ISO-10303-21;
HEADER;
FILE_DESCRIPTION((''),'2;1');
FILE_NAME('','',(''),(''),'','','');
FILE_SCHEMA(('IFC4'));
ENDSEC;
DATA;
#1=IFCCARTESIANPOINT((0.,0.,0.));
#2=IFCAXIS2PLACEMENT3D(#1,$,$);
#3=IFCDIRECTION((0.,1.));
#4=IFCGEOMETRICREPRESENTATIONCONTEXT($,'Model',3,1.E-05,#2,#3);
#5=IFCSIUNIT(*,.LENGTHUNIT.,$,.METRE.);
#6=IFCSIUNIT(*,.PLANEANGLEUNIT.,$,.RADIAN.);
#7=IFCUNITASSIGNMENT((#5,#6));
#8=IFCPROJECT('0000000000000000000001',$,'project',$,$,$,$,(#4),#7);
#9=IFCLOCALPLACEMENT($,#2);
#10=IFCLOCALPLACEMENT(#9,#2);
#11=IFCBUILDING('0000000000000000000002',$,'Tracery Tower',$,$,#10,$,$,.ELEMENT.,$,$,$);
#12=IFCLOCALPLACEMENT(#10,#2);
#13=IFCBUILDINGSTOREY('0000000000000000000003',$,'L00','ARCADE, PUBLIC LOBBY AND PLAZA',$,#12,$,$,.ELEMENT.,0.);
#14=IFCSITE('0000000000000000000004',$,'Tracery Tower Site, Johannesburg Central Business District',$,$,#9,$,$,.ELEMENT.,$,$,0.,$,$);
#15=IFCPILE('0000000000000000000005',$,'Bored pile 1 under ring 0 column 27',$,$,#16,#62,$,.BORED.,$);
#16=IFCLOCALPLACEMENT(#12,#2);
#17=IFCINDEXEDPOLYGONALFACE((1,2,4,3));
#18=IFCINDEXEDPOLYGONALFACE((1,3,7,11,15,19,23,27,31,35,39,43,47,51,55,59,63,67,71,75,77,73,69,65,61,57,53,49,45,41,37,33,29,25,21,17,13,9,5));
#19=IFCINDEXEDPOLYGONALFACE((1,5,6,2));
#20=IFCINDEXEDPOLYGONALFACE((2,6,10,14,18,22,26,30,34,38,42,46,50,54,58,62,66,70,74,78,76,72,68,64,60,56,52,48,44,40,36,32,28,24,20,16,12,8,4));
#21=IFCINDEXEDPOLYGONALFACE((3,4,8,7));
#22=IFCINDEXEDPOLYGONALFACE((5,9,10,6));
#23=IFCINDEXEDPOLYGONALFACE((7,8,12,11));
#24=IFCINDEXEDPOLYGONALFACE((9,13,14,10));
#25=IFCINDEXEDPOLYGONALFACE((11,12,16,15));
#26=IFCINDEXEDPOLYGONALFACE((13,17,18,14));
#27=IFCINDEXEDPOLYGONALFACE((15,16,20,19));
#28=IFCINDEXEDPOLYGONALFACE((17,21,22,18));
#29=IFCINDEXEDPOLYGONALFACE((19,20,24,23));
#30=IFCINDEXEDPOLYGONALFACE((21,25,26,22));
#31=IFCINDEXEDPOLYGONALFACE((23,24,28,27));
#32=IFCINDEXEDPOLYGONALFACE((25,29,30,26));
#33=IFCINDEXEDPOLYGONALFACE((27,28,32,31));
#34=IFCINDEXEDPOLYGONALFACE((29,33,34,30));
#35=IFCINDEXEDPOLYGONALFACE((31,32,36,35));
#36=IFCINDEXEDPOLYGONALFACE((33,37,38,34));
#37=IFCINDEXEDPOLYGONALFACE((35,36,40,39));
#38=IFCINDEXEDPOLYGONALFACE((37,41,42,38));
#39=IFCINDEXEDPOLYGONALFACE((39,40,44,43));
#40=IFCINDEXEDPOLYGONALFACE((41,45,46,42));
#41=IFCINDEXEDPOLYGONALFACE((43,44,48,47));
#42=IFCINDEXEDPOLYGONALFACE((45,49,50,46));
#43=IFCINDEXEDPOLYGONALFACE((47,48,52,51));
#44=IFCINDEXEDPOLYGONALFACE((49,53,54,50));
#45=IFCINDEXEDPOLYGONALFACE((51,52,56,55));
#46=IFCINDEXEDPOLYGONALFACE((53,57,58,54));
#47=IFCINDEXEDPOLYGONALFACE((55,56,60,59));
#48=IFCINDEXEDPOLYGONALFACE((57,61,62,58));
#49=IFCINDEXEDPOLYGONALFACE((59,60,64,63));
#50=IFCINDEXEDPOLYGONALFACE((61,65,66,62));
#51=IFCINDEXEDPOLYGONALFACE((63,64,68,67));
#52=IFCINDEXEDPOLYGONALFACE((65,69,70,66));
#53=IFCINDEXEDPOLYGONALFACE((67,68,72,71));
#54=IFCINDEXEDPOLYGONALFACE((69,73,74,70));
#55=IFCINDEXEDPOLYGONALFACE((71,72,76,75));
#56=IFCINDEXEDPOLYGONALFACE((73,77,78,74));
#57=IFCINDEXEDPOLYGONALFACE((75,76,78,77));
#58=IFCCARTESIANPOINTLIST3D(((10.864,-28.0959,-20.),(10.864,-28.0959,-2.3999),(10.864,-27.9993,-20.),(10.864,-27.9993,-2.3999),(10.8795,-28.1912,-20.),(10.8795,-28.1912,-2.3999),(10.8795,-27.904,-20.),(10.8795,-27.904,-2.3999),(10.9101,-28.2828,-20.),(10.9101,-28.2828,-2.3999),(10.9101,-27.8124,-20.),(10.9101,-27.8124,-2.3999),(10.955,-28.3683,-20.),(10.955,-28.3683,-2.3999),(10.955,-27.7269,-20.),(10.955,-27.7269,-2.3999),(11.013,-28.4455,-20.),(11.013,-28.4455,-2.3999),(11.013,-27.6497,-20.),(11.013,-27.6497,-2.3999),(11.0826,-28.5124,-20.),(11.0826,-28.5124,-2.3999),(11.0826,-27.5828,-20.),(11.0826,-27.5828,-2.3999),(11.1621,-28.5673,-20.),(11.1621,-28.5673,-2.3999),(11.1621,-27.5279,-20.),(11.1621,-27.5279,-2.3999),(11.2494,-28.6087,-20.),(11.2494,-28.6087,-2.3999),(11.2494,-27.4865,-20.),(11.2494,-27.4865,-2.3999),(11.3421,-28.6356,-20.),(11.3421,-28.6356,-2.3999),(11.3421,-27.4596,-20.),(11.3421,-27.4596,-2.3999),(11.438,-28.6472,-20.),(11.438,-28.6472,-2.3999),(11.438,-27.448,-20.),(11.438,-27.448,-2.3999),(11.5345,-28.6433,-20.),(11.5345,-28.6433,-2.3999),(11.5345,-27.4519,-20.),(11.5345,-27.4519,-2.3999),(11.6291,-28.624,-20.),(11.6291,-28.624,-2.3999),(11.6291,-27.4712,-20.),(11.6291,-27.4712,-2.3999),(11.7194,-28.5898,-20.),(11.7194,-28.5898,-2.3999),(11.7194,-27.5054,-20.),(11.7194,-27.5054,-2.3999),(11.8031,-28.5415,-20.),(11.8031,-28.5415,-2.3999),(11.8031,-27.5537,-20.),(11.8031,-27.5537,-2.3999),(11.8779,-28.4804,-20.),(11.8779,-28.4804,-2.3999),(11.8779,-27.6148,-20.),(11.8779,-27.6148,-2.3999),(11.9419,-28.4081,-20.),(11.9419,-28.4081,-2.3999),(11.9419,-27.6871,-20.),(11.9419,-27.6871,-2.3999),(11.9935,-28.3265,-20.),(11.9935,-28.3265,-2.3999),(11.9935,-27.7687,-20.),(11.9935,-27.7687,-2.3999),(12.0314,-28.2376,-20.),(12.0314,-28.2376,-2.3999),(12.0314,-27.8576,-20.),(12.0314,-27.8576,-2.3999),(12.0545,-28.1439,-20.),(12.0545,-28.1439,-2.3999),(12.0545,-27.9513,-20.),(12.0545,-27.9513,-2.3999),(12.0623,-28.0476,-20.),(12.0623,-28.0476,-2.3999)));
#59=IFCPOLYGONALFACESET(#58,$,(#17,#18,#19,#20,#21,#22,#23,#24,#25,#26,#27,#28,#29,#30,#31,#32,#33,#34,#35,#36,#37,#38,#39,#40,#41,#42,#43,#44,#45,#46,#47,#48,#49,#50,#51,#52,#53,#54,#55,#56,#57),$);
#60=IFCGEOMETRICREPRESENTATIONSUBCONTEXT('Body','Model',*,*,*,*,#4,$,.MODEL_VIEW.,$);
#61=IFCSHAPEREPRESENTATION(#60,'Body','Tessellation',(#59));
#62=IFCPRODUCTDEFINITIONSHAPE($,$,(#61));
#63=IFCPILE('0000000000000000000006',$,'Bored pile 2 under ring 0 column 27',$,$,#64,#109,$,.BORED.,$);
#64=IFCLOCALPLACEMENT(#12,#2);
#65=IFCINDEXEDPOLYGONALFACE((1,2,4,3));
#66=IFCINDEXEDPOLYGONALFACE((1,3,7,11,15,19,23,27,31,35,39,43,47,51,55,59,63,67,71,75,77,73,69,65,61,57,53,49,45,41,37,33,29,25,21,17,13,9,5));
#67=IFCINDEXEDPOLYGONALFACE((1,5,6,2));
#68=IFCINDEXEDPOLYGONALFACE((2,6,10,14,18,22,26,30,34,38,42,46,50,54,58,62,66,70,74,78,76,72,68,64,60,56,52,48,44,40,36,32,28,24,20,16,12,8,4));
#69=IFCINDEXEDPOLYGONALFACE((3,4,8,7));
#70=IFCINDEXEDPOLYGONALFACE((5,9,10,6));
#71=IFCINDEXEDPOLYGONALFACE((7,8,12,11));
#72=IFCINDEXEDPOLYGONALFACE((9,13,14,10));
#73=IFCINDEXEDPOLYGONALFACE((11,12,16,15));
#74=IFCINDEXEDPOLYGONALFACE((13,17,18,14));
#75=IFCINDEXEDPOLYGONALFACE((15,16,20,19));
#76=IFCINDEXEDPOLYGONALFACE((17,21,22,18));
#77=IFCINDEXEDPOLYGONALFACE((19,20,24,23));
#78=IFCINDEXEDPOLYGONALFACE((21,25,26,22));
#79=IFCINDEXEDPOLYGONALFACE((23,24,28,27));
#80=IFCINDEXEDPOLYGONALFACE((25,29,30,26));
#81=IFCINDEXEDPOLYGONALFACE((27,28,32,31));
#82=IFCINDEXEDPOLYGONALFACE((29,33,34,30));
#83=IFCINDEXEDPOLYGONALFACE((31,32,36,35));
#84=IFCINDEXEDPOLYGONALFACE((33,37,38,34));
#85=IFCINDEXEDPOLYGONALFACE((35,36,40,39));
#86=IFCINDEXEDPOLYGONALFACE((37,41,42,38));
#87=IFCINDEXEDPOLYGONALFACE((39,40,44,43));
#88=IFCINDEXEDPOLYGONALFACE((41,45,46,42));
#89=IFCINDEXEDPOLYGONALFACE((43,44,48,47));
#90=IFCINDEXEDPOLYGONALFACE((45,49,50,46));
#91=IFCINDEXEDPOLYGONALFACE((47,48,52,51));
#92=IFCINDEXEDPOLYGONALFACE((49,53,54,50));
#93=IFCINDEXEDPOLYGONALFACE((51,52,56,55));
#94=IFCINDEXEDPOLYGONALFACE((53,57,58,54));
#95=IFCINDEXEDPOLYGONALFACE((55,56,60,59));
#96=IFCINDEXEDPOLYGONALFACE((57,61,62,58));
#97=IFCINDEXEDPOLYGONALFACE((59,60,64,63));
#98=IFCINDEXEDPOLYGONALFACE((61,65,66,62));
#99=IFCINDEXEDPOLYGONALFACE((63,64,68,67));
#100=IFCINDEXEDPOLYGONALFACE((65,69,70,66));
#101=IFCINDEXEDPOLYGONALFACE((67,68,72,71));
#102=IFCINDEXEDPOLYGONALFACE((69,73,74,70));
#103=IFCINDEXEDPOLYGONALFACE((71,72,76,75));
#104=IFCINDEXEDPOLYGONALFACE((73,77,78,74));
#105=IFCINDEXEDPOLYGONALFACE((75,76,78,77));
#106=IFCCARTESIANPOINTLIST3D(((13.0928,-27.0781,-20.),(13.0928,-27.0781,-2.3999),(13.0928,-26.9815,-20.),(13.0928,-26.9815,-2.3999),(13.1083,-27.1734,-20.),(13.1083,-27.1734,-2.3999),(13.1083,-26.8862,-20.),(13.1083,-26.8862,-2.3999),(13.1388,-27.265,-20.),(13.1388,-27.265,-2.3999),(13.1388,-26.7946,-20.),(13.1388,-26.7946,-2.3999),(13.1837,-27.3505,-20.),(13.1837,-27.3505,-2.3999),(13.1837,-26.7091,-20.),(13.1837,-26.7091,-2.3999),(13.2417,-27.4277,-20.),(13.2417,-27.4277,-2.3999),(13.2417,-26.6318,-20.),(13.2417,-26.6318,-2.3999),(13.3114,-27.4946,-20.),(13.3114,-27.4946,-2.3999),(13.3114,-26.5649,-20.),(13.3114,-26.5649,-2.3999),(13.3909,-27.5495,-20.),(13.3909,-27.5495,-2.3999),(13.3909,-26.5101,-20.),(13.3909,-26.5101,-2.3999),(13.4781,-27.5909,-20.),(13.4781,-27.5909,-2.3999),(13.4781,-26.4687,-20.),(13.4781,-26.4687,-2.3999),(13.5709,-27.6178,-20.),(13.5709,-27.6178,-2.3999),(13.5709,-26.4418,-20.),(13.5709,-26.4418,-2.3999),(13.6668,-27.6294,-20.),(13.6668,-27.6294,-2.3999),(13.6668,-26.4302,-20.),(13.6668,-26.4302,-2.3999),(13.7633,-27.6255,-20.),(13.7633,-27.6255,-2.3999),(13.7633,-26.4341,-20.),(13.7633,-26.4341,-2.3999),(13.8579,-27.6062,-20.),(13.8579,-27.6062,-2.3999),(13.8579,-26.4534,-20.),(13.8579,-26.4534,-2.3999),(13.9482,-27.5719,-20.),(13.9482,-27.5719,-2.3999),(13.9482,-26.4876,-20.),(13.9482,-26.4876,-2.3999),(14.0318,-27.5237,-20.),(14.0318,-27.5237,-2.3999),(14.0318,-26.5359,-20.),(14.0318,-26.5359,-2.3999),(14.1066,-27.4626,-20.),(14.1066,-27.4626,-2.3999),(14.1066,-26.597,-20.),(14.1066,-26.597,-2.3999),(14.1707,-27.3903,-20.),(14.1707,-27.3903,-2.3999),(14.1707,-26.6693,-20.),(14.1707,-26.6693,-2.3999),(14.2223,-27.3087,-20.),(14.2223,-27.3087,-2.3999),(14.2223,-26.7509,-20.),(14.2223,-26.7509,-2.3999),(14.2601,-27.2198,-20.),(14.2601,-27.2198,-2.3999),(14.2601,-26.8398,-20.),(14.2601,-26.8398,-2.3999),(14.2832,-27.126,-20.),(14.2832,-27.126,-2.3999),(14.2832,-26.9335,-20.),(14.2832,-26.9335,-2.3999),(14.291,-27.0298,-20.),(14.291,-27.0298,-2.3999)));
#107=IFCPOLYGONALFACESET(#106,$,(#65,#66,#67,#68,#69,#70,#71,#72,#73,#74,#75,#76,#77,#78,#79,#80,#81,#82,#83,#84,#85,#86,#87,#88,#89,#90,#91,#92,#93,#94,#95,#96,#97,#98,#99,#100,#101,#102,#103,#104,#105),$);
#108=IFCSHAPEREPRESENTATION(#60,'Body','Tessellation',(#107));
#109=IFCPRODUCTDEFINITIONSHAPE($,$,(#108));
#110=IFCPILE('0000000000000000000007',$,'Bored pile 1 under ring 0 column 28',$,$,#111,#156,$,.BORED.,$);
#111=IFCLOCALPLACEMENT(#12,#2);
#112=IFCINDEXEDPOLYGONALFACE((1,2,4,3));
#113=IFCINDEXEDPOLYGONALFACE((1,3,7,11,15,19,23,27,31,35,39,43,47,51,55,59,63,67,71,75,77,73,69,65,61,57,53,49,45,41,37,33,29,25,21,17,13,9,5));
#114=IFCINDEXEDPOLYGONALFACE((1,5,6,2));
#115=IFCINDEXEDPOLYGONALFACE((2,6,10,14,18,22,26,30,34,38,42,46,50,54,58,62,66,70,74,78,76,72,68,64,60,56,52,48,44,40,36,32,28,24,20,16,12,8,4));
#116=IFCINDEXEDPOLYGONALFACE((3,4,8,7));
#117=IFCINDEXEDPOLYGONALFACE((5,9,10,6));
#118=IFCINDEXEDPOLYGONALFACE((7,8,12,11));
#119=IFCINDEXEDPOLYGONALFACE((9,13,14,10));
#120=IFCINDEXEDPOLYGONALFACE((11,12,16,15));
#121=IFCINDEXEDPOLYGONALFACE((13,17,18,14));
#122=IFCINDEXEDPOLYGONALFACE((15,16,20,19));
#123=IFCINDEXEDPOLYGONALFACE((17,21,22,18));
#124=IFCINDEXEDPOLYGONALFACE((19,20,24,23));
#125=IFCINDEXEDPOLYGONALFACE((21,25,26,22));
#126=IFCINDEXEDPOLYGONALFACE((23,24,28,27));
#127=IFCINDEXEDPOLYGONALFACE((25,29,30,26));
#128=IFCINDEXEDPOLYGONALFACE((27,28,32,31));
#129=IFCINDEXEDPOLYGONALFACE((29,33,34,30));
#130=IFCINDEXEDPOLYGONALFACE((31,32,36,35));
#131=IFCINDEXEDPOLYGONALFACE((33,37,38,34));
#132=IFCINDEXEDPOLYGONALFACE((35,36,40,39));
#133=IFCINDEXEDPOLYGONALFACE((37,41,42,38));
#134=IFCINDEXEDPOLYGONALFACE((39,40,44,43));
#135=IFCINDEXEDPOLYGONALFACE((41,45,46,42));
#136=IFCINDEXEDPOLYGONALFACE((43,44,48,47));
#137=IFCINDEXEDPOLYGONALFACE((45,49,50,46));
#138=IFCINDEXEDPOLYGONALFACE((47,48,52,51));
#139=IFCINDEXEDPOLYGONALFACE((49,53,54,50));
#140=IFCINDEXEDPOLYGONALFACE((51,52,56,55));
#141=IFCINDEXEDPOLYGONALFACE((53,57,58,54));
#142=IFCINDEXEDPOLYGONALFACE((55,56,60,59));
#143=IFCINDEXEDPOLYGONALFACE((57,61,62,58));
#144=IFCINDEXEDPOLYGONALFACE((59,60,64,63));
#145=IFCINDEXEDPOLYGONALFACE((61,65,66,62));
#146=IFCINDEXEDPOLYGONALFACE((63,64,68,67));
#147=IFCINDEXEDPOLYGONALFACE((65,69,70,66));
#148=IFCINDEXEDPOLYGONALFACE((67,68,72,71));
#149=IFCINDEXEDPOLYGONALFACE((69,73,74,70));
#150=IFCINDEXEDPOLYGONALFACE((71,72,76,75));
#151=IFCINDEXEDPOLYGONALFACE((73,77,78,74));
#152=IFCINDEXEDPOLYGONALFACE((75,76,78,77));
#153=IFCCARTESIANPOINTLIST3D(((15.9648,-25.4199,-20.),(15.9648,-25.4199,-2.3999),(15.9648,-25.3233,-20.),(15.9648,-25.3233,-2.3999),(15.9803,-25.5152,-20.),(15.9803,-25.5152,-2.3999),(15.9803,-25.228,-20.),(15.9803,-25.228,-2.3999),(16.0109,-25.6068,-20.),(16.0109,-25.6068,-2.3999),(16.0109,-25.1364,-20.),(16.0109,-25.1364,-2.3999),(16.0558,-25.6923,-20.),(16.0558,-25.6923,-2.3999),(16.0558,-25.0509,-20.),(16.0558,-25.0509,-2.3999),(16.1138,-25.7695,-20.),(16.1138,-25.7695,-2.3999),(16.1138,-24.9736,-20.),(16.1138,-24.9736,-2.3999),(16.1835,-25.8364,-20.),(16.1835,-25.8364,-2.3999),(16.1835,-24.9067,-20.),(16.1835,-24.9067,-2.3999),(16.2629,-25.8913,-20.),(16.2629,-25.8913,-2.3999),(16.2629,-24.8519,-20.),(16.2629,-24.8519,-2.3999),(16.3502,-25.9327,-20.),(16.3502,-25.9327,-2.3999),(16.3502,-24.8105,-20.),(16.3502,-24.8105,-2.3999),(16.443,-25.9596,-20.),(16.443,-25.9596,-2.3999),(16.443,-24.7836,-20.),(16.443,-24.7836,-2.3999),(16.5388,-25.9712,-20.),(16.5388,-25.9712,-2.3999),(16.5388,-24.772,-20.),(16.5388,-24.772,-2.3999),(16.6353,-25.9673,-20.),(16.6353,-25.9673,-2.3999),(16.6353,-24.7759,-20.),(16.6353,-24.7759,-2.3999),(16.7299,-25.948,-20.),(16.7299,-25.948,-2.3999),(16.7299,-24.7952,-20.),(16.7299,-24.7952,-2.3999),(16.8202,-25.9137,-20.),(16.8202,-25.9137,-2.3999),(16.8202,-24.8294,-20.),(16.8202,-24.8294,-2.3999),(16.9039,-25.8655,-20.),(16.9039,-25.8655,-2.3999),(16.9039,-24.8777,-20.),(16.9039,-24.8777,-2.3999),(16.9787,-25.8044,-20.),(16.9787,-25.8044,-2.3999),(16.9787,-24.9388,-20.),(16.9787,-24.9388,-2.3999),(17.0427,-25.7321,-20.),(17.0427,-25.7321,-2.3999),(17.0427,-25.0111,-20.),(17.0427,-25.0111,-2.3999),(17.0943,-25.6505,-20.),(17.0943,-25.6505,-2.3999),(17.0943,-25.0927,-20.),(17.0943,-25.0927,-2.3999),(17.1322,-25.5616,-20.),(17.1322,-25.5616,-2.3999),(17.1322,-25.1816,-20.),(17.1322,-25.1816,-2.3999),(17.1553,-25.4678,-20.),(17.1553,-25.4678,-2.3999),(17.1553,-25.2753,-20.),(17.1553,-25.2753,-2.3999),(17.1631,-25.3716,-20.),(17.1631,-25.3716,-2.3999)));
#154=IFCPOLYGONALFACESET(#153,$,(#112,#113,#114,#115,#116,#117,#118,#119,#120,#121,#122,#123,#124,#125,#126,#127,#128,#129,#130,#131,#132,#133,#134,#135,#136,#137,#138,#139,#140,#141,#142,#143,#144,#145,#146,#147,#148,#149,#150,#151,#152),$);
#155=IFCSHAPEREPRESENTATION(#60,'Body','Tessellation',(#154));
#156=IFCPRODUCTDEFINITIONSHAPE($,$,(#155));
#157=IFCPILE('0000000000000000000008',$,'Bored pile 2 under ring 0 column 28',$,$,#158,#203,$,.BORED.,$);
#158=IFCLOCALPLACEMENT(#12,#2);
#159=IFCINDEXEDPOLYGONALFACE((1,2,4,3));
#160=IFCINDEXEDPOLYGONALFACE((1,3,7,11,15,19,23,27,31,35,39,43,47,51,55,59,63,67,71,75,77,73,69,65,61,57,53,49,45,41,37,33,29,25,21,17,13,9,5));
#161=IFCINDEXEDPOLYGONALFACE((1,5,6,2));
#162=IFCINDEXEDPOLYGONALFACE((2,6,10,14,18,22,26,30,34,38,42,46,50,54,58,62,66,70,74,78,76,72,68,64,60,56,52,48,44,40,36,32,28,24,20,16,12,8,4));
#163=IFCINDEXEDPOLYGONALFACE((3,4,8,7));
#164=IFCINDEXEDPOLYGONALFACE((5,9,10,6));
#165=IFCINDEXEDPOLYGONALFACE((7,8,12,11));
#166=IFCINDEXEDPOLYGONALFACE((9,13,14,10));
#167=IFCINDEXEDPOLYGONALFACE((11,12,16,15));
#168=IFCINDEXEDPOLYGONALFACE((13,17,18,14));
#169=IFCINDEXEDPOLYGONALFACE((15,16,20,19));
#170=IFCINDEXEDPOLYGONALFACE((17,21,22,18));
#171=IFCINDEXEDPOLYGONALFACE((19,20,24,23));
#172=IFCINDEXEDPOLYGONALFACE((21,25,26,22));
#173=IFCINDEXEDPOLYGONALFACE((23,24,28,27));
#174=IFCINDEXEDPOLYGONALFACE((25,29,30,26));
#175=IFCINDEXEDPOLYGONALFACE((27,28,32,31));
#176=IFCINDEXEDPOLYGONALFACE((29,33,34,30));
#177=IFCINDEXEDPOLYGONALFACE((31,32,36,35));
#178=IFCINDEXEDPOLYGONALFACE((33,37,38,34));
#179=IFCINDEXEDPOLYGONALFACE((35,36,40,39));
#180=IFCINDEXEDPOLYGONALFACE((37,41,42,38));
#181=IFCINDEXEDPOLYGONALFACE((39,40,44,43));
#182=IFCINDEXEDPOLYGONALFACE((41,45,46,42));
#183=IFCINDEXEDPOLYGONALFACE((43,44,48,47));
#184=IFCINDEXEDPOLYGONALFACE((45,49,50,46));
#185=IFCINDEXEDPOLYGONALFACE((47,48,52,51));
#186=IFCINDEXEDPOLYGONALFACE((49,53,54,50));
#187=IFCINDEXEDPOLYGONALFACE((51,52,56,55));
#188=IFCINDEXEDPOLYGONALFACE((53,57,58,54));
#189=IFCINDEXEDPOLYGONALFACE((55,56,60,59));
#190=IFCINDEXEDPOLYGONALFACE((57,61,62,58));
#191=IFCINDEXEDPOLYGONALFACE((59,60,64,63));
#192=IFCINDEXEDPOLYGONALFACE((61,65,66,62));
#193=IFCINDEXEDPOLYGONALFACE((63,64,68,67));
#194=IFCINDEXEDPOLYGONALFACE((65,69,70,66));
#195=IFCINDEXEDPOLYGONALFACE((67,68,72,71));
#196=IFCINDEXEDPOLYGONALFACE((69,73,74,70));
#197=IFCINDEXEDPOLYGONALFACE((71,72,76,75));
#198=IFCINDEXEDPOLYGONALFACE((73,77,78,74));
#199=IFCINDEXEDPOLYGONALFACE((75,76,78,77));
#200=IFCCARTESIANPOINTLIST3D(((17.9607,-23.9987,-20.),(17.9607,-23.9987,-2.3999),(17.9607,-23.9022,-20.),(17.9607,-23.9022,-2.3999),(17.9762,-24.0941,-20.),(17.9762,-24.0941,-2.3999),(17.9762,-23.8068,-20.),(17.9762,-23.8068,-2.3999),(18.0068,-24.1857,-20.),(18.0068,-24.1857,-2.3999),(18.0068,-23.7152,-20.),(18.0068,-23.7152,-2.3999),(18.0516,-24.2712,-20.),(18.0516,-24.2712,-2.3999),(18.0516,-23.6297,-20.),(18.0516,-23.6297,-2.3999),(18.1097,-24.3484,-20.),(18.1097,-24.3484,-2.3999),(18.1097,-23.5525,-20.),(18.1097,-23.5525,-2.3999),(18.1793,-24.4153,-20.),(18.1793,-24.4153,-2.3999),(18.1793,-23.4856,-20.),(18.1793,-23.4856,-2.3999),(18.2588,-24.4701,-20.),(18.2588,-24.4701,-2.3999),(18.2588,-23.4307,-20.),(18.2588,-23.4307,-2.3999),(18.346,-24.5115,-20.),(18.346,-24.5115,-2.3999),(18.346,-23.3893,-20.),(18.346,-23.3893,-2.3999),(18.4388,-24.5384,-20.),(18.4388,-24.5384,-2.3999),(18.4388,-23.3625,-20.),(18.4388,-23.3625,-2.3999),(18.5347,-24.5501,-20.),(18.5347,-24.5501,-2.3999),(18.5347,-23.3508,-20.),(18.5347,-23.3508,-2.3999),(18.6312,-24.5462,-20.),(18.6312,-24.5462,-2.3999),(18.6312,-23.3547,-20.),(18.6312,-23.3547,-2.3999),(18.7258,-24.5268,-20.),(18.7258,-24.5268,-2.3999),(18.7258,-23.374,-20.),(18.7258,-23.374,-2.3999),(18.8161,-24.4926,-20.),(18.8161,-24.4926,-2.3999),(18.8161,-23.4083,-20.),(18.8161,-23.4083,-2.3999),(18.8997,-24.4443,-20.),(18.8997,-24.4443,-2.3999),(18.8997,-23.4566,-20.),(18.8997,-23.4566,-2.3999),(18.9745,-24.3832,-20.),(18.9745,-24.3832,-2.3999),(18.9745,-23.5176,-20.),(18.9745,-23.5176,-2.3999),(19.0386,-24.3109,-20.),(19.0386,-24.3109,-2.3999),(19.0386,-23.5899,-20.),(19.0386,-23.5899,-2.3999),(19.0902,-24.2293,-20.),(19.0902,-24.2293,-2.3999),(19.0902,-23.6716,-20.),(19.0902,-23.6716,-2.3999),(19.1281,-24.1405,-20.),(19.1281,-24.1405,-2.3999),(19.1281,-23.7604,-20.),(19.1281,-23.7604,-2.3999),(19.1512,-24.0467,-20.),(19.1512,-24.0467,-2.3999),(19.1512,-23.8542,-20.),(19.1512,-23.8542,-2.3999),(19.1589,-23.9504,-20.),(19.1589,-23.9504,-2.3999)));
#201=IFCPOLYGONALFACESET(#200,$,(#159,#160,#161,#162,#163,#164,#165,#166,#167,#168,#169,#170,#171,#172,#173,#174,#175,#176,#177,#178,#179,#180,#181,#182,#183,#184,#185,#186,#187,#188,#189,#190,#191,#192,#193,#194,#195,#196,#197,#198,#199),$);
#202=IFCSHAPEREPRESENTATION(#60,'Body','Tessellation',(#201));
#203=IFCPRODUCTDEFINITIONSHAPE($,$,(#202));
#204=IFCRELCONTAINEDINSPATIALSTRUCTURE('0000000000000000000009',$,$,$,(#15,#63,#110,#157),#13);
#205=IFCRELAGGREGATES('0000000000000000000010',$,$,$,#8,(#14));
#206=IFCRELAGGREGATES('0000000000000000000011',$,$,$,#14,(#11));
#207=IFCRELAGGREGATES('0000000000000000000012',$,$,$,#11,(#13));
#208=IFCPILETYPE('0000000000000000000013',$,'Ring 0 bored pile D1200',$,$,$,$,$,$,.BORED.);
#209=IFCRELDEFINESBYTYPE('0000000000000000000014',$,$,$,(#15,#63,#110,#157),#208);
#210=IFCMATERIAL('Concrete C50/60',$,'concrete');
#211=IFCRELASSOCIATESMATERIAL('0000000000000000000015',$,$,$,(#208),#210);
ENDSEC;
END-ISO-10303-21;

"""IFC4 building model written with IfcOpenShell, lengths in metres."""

from ifc_helpers import new_model, si_unit, direction, frame, origin, origin_2d, place, context, subcontext, project, spatial, circle, extrude, material, material_profile, profile_set, type_object, element, save


model = new_model("IFC4")

# Units and contexts
model_context = context("Model", 3, precision=1e-05, world=origin(), true_north=direction((0.0, 1.0)))
body_context = subcontext(model_context, "Body", "Model", "MODEL_VIEW")
ifc_project = project(units=[si_unit("LENGTHUNIT", "METRE"), si_unit("PLANEANGLEUNIT", "RADIAN")], contexts=[model_context])

# Site, building, storey
site_placement = place(None, origin())
site = spatial("IfcSite", under=ifc_project, at=site_placement, Name="Tracery Tower Site, Johannesburg Central Business District", CompositionType="ELEMENT", RefElevation=0.0)
building_placement = place(site_placement, origin())
building = spatial("IfcBuilding", under=site, at=building_placement, Name="Tracery Tower", CompositionType="ELEMENT")
storey_placement = place(building_placement, origin())
storey = spatial("IfcBuildingStorey", under=building, at=storey_placement, Name="L00", Description="ARCADE, PUBLIC LOBBY AND PLAZA", CompositionType="ELEMENT", Elevation=0.0)

# Piles
ifc_material_1 = material(Name="Concrete C50/60", Category="concrete")
ifc_material_profile_1 = material_profile(ifc_material_1, circle(Radius=0.6001, at=origin_2d()), Name="RC D1200")
ifc_profile_set_1 = profile_set([ifc_material_profile_1], Name="Concrete C50/60")
pile_type_1 = type_object("IfcPileType", Name="Ring 0 bored pile D1200", PredefinedType="BORED", material=ifc_profile_set_1)
for number, where, z_axis, x_axis, name in (
    (1, (11.4622, -28.0476, -2.3999), (0.0, 0.0, -1.0), (1.0, 0.0, 0.0), "Bored pile 1 under ring 0 column 27"),
    (2, (13.6909, -27.0298, -2.3999), (0.0, 0.0, -1.0), (1.0, 0.0, 0.0), "Bored pile 2 under ring 0 column 27"),
    (3, (16.563, -25.3716, -2.3999), (0.0, 0.0, -1.0), (1.0, 0.0, 0.0), "Bored pile 1 under ring 0 column 28"),
    (4, (18.5588, -23.9504, -2.3999), (0.0, 0.0, -1.0), (1.0, 0.0, 0.0), "Bored pile 2 under ring 0 column 28"),
):
    element("IfcPile", number, at=place(storey_placement, frame(where, z_axis=z_axis, x_axis=x_axis)), inside=storey, type_object=pile_type_1, Name=name, PredefinedType="BORED", context=body_context, shape_type="SweptSolid", body=[
        extrude(circle(Radius=0.6001, at=origin_2d()), origin(), (0.0, 0.0, 1.0), 17.6001),
    ])

save(model, "model.ifc")
